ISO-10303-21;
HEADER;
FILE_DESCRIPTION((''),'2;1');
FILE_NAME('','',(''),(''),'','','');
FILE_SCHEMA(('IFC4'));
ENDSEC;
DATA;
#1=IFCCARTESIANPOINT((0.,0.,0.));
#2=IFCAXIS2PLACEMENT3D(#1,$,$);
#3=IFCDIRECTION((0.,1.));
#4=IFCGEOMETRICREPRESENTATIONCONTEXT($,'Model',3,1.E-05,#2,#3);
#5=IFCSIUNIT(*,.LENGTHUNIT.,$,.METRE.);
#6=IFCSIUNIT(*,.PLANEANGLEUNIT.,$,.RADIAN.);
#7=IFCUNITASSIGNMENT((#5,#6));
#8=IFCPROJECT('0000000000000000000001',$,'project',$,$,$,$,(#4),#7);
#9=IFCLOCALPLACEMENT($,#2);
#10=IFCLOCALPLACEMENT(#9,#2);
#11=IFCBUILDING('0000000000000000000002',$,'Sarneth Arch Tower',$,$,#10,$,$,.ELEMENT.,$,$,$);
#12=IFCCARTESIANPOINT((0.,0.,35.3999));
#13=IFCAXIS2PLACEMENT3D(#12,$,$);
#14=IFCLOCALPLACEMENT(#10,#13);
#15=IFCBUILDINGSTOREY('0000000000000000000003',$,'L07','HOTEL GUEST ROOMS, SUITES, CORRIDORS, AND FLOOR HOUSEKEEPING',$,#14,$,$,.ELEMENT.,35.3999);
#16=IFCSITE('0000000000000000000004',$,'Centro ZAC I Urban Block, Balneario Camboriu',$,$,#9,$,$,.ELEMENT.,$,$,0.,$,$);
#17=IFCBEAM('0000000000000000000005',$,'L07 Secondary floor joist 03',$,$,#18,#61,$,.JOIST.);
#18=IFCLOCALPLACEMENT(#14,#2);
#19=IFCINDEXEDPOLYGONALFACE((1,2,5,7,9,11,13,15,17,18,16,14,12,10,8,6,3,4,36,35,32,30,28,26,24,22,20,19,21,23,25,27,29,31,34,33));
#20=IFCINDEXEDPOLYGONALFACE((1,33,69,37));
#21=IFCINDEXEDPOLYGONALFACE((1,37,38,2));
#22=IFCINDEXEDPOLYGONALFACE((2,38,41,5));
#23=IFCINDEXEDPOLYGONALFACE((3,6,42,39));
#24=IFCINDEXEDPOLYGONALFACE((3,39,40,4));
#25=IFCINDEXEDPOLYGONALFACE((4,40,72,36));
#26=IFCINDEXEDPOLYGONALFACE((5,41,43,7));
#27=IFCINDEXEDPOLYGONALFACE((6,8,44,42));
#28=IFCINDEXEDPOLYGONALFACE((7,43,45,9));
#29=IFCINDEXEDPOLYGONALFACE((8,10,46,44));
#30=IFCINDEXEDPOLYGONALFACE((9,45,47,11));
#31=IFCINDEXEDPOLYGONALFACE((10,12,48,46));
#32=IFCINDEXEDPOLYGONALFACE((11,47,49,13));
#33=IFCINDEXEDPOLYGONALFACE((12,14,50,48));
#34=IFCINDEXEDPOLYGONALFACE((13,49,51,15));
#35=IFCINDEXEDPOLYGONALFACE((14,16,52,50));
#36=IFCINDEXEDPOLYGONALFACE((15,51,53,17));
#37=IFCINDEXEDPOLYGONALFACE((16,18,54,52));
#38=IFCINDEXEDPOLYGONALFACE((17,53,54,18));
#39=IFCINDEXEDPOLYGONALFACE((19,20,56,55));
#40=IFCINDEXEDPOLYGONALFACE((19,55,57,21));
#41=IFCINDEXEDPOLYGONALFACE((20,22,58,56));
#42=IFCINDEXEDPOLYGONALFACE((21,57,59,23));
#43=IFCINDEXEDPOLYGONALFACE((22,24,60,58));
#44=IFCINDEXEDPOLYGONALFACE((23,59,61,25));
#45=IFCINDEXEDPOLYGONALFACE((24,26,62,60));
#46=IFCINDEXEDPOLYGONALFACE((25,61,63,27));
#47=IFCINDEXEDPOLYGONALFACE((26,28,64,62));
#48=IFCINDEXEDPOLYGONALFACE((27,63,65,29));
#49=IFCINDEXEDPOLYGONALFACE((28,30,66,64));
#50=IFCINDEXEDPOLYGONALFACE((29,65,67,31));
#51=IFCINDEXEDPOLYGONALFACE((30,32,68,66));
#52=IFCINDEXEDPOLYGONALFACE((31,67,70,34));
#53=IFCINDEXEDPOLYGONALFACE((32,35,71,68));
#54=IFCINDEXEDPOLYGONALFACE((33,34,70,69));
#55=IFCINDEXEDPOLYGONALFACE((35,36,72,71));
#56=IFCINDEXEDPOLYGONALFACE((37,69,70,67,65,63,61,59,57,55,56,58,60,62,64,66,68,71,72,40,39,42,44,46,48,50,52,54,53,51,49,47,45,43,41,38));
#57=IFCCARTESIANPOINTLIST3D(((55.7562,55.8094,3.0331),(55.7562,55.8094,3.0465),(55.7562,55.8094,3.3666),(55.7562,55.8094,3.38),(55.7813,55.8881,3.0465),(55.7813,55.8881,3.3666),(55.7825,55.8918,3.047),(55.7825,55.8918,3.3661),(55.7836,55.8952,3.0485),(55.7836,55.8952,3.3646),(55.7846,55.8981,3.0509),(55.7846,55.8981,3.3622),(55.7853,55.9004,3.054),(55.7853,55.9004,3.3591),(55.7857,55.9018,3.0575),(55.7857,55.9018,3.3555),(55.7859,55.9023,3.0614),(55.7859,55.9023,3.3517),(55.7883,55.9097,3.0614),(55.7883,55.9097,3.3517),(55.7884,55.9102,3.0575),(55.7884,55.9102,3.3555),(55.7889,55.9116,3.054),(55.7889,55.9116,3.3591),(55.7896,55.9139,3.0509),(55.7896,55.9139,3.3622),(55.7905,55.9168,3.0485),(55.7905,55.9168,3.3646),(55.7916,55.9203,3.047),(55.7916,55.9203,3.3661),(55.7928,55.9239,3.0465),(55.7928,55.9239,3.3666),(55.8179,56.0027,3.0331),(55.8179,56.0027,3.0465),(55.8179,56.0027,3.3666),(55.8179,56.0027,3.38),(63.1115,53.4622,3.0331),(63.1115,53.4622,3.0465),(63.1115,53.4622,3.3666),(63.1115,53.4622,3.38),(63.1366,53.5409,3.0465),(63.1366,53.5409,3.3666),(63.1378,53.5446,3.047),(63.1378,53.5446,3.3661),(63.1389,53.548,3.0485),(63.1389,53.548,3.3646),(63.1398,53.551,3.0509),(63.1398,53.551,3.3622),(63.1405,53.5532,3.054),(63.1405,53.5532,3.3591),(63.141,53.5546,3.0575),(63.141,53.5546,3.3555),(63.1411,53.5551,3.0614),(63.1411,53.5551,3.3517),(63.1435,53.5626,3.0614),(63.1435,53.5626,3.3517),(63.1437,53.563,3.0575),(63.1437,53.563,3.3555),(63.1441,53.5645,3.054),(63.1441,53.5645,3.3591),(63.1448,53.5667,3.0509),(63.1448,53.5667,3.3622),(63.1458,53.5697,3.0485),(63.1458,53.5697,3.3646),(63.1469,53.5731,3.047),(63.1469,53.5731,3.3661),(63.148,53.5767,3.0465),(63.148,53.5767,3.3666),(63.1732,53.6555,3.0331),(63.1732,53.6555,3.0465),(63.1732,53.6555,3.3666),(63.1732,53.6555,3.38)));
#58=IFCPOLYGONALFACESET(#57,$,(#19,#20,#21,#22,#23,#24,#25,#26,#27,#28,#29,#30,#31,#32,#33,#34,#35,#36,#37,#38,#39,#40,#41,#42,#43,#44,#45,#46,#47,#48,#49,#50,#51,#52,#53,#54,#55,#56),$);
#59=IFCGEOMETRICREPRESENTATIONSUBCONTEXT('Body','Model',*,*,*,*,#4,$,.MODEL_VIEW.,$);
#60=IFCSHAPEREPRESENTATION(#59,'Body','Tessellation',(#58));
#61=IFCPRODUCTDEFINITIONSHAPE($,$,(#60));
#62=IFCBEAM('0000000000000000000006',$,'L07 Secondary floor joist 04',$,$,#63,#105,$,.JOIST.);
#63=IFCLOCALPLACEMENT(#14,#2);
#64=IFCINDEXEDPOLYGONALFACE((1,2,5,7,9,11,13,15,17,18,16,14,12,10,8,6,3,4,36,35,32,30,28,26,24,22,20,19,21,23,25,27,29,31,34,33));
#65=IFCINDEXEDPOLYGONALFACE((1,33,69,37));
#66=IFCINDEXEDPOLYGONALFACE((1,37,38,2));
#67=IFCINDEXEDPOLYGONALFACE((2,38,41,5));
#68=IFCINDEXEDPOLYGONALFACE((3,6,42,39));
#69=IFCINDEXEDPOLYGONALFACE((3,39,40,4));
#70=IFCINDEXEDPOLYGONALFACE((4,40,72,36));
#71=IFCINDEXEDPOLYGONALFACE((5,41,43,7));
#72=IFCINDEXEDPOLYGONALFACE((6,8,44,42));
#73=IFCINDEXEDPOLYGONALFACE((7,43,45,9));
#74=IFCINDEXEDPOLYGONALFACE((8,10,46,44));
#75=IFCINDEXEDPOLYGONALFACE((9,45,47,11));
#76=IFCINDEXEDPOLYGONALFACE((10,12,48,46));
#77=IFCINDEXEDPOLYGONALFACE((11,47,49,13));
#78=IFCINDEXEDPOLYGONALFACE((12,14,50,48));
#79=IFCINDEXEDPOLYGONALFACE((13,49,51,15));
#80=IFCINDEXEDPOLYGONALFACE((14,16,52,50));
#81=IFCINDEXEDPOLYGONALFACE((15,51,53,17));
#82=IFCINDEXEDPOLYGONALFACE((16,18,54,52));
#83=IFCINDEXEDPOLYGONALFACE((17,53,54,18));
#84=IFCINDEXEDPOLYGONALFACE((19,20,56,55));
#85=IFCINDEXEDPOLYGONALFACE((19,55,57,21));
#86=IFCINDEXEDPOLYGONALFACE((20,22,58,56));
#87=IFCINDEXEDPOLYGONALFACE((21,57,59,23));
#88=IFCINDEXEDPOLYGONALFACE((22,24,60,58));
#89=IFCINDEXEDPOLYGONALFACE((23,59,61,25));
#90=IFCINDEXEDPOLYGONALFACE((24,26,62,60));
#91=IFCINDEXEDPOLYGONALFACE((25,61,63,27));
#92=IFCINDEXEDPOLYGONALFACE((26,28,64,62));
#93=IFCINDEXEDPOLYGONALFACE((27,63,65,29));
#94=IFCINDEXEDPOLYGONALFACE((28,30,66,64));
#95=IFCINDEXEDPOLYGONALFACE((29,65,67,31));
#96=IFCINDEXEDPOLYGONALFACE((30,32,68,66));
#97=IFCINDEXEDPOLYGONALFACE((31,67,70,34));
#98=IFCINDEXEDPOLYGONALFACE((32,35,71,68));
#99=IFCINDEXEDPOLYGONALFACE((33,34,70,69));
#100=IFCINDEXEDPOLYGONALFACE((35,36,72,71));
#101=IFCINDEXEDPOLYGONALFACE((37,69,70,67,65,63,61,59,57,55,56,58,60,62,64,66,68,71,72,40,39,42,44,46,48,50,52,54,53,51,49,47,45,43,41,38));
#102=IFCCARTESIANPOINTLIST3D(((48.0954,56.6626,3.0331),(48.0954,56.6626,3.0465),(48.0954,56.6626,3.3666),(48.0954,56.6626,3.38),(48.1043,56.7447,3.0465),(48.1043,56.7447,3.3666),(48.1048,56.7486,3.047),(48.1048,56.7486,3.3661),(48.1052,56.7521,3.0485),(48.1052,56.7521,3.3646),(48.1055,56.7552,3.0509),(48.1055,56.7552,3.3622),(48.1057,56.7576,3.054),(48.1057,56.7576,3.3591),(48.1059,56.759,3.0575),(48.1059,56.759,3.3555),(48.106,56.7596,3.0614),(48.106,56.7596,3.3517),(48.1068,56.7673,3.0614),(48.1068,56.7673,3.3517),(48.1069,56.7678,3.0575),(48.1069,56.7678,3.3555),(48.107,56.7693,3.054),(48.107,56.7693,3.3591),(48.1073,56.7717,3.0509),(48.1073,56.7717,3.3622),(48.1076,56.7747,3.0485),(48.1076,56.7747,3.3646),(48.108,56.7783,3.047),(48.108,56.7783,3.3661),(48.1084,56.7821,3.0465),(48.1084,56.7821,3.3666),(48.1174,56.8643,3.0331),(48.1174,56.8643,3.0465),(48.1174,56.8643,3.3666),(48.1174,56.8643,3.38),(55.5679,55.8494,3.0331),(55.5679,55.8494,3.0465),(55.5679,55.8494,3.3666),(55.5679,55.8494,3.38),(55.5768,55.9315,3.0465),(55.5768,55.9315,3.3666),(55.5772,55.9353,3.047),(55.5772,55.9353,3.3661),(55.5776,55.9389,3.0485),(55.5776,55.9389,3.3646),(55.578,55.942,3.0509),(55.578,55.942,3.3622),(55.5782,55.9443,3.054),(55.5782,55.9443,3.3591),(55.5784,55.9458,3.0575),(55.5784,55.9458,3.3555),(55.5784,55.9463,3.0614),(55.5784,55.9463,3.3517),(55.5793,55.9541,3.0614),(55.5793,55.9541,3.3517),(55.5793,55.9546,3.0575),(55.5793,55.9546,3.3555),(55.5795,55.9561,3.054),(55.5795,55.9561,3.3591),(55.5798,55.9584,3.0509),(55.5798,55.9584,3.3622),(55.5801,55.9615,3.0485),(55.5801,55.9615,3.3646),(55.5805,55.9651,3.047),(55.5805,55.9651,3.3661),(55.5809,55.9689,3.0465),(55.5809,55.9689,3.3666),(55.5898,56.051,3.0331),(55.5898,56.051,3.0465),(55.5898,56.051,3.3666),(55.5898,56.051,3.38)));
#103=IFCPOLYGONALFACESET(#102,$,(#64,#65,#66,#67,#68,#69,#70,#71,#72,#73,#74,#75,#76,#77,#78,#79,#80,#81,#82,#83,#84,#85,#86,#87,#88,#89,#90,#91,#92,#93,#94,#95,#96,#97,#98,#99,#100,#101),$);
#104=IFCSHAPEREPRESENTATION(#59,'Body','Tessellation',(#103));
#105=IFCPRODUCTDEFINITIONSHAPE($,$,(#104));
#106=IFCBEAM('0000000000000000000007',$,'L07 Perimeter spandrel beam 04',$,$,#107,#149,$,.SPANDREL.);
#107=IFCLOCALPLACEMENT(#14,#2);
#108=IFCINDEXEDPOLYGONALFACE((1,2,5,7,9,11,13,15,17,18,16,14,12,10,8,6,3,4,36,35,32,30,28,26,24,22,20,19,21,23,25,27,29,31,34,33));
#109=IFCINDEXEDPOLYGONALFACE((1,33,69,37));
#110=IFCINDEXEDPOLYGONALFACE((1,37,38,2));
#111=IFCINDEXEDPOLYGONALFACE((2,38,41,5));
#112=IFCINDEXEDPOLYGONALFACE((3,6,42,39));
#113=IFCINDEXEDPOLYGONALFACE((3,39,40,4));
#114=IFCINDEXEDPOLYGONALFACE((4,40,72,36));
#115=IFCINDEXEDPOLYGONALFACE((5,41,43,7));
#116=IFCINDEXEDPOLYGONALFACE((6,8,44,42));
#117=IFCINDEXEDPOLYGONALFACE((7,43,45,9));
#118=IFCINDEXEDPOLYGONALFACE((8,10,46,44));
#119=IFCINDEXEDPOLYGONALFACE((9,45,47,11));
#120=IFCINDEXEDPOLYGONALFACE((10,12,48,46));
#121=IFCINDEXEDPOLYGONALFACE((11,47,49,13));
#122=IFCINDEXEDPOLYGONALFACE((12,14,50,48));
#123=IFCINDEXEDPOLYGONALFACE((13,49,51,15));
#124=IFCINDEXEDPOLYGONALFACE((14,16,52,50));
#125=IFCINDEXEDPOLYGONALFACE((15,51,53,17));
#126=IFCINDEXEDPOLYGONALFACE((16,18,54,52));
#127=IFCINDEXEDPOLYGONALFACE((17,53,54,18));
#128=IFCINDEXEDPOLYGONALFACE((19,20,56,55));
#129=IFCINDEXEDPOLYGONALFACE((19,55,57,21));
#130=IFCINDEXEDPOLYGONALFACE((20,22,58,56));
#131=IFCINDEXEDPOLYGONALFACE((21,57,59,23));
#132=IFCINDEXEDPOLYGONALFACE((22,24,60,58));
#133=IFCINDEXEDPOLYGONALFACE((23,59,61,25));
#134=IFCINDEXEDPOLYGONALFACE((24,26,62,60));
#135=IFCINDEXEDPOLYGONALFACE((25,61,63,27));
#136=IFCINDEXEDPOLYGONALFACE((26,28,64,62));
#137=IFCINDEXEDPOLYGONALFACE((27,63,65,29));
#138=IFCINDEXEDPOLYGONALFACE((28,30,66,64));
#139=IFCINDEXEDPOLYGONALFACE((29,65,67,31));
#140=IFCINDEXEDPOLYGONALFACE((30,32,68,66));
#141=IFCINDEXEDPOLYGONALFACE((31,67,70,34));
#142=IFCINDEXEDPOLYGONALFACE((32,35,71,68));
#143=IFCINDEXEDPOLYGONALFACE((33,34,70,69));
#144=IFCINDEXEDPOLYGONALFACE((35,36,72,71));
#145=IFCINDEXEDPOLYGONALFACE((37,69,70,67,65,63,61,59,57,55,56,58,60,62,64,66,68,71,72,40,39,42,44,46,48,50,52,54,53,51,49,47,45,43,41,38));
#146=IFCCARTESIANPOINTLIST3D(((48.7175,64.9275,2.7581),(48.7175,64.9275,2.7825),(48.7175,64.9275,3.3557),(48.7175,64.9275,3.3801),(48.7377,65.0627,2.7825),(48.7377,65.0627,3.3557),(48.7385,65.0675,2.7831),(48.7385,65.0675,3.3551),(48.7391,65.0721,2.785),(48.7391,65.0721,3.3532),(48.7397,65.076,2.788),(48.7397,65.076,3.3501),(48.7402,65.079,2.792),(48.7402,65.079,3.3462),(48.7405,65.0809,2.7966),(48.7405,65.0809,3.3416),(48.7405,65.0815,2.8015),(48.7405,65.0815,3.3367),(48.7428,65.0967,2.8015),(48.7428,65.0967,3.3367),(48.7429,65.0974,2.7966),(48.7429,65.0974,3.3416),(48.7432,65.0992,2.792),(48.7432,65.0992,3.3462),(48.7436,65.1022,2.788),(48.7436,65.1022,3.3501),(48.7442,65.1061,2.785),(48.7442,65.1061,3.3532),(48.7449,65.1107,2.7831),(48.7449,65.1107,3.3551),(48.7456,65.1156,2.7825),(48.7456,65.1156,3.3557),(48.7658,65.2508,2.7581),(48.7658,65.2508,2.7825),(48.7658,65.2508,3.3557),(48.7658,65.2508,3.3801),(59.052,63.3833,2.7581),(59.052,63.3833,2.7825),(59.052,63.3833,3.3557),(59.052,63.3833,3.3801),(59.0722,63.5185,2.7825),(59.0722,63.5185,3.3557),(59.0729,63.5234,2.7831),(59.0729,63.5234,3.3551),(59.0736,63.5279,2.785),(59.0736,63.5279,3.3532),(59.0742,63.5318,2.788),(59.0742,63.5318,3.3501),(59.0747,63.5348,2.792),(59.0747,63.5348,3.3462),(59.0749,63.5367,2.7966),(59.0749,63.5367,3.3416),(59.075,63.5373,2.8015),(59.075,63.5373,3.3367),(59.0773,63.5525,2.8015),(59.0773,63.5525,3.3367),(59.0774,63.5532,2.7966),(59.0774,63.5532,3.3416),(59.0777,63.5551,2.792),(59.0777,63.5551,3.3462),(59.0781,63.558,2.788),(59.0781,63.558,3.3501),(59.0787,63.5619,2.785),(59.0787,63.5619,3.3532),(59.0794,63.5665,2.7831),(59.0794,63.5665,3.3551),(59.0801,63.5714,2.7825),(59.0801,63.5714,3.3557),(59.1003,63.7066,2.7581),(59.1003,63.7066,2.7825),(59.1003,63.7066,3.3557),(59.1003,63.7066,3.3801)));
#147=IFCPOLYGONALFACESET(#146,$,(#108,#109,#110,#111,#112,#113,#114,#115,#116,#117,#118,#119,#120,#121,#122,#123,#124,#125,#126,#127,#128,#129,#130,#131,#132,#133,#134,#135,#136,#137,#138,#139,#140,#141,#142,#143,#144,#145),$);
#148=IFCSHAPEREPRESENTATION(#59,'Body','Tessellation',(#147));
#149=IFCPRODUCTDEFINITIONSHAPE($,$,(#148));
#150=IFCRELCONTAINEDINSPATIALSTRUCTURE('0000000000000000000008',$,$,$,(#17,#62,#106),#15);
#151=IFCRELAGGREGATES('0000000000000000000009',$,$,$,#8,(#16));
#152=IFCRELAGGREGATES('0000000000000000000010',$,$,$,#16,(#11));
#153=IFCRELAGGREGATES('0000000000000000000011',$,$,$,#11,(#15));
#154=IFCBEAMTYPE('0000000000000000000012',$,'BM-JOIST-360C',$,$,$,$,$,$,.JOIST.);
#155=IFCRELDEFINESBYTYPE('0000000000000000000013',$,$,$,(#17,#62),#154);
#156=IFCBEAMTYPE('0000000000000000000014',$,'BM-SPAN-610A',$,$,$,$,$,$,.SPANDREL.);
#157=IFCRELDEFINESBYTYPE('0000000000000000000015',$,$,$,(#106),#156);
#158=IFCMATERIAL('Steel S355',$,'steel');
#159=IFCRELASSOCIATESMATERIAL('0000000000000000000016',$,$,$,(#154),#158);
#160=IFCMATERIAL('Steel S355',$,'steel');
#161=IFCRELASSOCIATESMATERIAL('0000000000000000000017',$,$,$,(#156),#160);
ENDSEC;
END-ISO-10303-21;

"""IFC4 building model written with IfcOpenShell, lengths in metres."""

from ifc_helpers import new_model, si_unit, direction, frame, origin, origin_2d, place, context, subcontext, project, spatial, i_section, extrude, material, material_profile, profile_set, type_object, element, save


model = new_model("IFC4")

# Units and contexts
model_context = context("Model", 3, precision=1e-05, world=origin(), true_north=direction((0.0, 1.0)))
body_context = subcontext(model_context, "Body", "Model", "MODEL_VIEW")
ifc_project = project(units=[si_unit("LENGTHUNIT", "METRE"), si_unit("PLANEANGLEUNIT", "RADIAN")], contexts=[model_context])

# Site, building, storey
site_placement = place(None, origin())
site = spatial("IfcSite", under=ifc_project, at=site_placement, Name="Centro ZAC I Urban Block, Balneario Camboriu", CompositionType="ELEMENT", RefElevation=0.0)
building_placement = place(site_placement, origin())
building = spatial("IfcBuilding", under=site, at=building_placement, Name="Sarneth Arch Tower", CompositionType="ELEMENT")
storey_placement = place(building_placement, frame((0.0, 0.0, 35.3999)))
storey = spatial("IfcBuildingStorey", under=building, at=storey_placement, Name="L07", Description="HOTEL GUEST ROOMS, SUITES, CORRIDORS, AND FLOOR HOUSEKEEPING", CompositionType="ELEMENT", Elevation=35.3999)

# Beams
ifc_material_1 = material(Name="Steel S355", Category="steel")
ifc_material_profile_1 = material_profile(ifc_material_1, i_section(OverallWidth=0.2029, OverallDepth=0.3469, WebThickness=0.0078, FlangeThickness=0.0134, FilletRadius=0.0149, at=origin_2d()), Name="W360x64")
ifc_profile_set_1 = profile_set([ifc_material_profile_1], Name="Steel S355")
beam_type_1 = type_object("IfcBeamType", Name="BM-JOIST-360C", PredefinedType="JOIST", material=ifc_profile_set_1)
beam_1_placement = place(storey_placement, frame((63.1423, 53.5588, 3.2065), z_axis=(-0.952668, 0.304011, 0.0), x_axis=(-0.304011, -0.952668, 0.0)))
element("IfcBeam", 1, at=beam_1_placement, inside=storey, type_object=beam_type_1, Name="L07 Secondary floor joist 03", PredefinedType="JOIST", context=body_context, shape_type="SweptSolid", body=[
    extrude(i_section(OverallWidth=0.2029, OverallDepth=0.3469, WebThickness=0.0078, FlangeThickness=0.0134, FilletRadius=0.0149, at=origin_2d()), origin(), (0.0, 0.0, 1.0), 7.7207),
])
beam_2_placement = place(storey_placement, frame((55.5789, 55.9502, 3.2065), z_axis=(-0.99413, 0.108192, 0.0), x_axis=(-0.108192, -0.99413, 0.0)))
element("IfcBeam", 2, at=beam_2_placement, inside=storey, type_object=beam_type_1, Name="L07 Secondary floor joist 04", PredefinedType="JOIST", context=body_context, shape_type="SweptSolid", body=[
    extrude(i_section(OverallWidth=0.2029, OverallDepth=0.3469, WebThickness=0.0078, FlangeThickness=0.0134, FilletRadius=0.0149, at=origin_2d()), origin(), (0.0, 0.0, 1.0), 7.5166),
])
ifc_material_2 = material(Name="Steel S355", Category="steel")
ifc_material_profile_2 = material_profile(ifc_material_2, i_section(OverallWidth=0.3269, OverallDepth=0.6221, WebThickness=0.0154, FlangeThickness=0.0244, FilletRadius=0.019, at=origin_2d()), Name="W610x195")
ifc_profile_set_2 = profile_set([ifc_material_profile_2], Name="Steel S355")
beam_type_2 = type_object("IfcBeamType", Name="BM-SPAN-610A", PredefinedType="SPANDREL", material=ifc_profile_set_2)
beam_3_placement = place(storey_placement, frame((59.0762, 63.5449, 3.0691), z_axis=(-0.98902, 0.147781, 0.0), x_axis=(-0.147781, -0.98902, 0.0)))
element("IfcBeam", 3, at=beam_3_placement, inside=storey, type_object=beam_type_2, Name="L07 Perimeter spandrel beam 04", PredefinedType="SPANDREL", context=body_context, shape_type="SweptSolid", body=[
    extrude(i_section(OverallWidth=0.3269, OverallDepth=0.6221, WebThickness=0.0154, FlangeThickness=0.0244, FilletRadius=0.019, at=origin_2d()), origin(), (0.0, 0.0, 1.0), 10.4492),
])

save(model, "model.ifc")
